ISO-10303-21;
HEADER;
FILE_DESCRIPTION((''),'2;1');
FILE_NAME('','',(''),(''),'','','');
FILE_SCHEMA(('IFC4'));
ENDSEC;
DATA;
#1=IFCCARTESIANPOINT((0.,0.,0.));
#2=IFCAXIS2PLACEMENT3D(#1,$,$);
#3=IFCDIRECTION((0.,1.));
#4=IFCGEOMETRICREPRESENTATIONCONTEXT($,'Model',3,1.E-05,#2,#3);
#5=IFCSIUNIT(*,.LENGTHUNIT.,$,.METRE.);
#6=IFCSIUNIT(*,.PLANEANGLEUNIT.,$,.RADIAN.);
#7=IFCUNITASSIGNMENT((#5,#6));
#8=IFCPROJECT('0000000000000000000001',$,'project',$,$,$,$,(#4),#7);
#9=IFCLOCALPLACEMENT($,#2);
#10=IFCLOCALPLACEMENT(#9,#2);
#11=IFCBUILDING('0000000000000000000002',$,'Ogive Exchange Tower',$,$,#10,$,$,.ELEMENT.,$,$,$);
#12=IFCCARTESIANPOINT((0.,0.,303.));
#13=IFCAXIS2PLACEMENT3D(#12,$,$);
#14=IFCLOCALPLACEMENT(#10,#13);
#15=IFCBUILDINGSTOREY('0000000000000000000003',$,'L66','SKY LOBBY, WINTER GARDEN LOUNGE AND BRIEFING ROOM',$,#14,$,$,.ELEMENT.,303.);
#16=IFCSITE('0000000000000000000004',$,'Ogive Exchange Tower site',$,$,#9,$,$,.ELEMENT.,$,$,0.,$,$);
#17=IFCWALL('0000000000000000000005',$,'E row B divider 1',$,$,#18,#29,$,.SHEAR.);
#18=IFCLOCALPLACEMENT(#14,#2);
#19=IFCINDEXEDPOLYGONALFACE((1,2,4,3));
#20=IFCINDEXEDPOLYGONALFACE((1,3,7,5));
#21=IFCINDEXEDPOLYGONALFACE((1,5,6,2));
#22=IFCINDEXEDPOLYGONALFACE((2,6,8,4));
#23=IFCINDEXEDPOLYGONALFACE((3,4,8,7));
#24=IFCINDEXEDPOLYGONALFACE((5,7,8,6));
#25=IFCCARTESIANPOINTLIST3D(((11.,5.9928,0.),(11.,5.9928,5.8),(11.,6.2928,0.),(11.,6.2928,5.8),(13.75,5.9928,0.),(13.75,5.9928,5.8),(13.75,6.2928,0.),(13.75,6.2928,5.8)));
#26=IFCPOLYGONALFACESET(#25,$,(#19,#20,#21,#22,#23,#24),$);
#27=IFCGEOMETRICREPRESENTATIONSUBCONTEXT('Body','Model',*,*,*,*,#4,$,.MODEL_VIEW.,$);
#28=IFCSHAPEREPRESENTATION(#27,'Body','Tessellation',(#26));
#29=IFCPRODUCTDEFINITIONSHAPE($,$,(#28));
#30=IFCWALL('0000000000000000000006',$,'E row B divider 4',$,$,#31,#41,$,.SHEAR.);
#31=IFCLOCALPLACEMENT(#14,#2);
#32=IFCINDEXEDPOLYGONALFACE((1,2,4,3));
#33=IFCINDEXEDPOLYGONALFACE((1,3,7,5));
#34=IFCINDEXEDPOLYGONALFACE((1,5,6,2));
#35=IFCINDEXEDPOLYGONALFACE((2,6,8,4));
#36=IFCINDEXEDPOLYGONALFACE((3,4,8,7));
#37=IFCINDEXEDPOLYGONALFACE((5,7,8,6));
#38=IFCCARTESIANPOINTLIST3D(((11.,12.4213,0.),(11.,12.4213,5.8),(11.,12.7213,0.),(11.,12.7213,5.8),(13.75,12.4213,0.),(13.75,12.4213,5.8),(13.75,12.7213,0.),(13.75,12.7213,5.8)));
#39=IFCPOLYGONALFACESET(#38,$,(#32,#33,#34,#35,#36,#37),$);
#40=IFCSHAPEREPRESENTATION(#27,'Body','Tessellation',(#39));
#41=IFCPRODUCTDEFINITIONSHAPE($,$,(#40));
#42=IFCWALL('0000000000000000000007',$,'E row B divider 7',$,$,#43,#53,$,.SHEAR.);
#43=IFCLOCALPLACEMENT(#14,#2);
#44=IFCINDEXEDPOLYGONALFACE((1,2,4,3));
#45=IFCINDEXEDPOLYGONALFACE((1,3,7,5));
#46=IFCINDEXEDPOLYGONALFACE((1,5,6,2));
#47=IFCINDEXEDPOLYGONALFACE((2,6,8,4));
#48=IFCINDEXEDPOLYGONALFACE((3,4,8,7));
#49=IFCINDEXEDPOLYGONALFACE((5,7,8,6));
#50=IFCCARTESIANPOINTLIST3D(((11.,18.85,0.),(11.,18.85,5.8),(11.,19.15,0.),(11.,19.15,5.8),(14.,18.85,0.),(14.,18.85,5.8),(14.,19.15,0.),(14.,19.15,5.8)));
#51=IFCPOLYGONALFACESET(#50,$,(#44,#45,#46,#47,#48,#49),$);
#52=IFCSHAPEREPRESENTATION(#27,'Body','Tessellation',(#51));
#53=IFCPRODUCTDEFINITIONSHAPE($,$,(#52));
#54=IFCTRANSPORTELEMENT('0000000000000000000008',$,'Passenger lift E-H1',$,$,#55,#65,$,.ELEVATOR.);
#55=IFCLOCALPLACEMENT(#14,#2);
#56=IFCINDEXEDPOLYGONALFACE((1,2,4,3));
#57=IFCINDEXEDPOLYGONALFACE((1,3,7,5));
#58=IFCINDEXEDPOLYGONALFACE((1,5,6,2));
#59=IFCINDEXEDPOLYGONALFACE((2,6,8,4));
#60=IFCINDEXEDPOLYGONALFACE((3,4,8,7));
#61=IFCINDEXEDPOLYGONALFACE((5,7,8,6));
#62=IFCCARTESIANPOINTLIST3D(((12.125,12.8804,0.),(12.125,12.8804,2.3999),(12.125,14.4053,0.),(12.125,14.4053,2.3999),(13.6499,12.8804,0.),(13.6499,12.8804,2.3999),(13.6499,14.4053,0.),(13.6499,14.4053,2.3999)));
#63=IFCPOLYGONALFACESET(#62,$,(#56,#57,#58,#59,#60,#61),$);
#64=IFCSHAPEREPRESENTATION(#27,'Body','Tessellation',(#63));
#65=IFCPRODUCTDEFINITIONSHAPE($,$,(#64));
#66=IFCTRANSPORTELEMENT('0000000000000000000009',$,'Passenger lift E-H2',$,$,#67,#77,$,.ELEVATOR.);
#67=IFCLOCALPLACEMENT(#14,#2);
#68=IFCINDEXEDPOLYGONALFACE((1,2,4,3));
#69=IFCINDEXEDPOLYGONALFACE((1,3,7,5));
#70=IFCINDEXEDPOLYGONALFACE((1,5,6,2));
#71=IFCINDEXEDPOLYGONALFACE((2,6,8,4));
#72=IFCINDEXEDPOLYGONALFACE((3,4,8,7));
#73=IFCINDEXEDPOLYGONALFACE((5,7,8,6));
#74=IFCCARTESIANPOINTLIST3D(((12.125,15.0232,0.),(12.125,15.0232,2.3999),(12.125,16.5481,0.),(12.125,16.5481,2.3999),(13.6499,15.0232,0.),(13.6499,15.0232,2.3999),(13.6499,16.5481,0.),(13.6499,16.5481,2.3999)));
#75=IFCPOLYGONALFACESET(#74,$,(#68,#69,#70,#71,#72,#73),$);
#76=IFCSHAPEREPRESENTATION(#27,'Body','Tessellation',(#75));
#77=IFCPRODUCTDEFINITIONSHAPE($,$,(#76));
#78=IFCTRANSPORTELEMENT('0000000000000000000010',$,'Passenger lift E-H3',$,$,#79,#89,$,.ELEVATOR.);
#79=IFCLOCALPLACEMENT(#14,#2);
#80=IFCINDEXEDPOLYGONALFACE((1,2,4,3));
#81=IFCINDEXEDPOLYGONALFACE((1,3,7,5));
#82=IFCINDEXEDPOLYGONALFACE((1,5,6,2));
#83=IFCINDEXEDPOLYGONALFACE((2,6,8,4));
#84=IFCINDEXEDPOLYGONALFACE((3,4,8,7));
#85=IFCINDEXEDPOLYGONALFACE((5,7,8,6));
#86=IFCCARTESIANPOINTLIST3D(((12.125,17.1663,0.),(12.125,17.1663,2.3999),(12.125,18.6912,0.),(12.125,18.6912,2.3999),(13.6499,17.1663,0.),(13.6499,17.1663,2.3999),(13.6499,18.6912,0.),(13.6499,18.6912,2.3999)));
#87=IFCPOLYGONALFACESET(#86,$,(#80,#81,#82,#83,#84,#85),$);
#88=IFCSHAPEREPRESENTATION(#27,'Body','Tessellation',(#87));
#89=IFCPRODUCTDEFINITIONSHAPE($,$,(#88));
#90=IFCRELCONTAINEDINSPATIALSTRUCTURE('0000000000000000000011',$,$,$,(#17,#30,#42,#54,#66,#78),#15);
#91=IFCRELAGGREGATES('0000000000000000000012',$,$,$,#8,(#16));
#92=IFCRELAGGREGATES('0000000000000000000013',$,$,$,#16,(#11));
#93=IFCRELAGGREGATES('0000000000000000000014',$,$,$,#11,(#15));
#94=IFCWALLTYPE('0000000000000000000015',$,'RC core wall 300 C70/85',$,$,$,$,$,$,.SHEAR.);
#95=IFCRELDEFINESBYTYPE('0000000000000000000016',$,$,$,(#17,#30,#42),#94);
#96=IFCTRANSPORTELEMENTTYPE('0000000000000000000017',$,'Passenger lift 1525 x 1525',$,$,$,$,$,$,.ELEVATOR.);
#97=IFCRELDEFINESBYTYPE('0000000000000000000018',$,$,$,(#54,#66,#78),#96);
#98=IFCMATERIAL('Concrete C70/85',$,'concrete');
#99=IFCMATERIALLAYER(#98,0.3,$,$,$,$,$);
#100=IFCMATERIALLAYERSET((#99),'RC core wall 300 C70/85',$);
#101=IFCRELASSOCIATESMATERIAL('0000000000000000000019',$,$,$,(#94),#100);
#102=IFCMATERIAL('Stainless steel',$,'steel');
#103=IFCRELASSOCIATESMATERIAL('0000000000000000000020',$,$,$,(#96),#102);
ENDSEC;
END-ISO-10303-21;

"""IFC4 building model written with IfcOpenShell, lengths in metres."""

from ifc_helpers import new_model, si_unit, direction, frame, frame_2d, origin, origin_2d, place, context, subcontext, project, spatial, rectangle, extrude, material, layer, layer_set, type_object, element, save


model = new_model("IFC4")

# Units and contexts
model_context = context("Model", 3, precision=1e-05, world=origin(), true_north=direction((0.0, 1.0)))
body_context = subcontext(model_context, "Body", "Model", "MODEL_VIEW")
ifc_project = project(units=[si_unit("LENGTHUNIT", "METRE"), si_unit("PLANEANGLEUNIT", "RADIAN")], contexts=[model_context])

# Site, building, storey
site_placement = place(None, origin())
site = spatial("IfcSite", under=ifc_project, at=site_placement, Name="Ogive Exchange Tower site", CompositionType="ELEMENT", RefElevation=0.0)
building_placement = place(site_placement, origin())
building = spatial("IfcBuilding", under=site, at=building_placement, Name="Ogive Exchange Tower", CompositionType="ELEMENT")
storey_placement = place(building_placement, frame((0.0, 0.0, 303.0)))
storey = spatial("IfcBuildingStorey", under=building, at=storey_placement, Name="L66", Description="SKY LOBBY, WINTER GARDEN LOUNGE AND BRIEFING ROOM", CompositionType="ELEMENT", Elevation=303.0)

# Shared definitions
ifc_material_1 = material(Name="Concrete C70/85", Category="concrete")

# Shared definitions
ifc_material_2 = material(Name="Stainless steel", Category="steel")

# Walls
ifc_layer_1 = layer(ifc_material_1, 0.3)
ifc_layer_set_1 = layer_set([ifc_layer_1], Name="RC core wall 300 C70/85")
wall_type_1 = type_object("IfcWallType", Name="RC core wall 300 C70/85", PredefinedType="SHEAR", material=ifc_layer_set_1)
for number, where, z_axis, x_axis, name in (
    (1, (11.0, 6.1428, 0.0), (0.0, 0.0, 1.0), (1.0, 0.0, 0.0), "E row B divider 1"),
    (2, (11.0, 12.5713, 0.0), (0.0, 0.0, 1.0), (1.0, 0.0, 0.0), "E row B divider 4"),
):
    element("IfcWall", number, at=place(storey_placement, frame(where, z_axis=z_axis, x_axis=x_axis)), inside=storey, type_object=wall_type_1, Name=name, PredefinedType="SHEAR", context=body_context, shape_type="SweptSolid", body=[
        extrude(rectangle(XDim=2.75, YDim=0.3, at=frame_2d((1.375, 0.0))), origin(), (0.0, 0.0, 1.0), 5.8),
    ])
wall_1_placement = place(storey_placement, frame((11.0, 19.0, 0.0), z_axis=(0.0, 0.0, 1.0), x_axis=(1.0, 0.0, 0.0)))
element("IfcWall", 3, at=wall_1_placement, inside=storey, type_object=wall_type_1, Name="E row B divider 7", PredefinedType="SHEAR", context=body_context, shape_type="SweptSolid", body=[
    extrude(rectangle(XDim=3.0, YDim=0.3, at=frame_2d((1.5, 0.0))), origin(), (0.0, 0.0, 1.0), 5.8),
])

# Transport elements
transport_element_type = type_object("IfcTransportElementType", Name="Passenger lift 1525 x 1525", PredefinedType="ELEVATOR", material=ifc_material_2)
for number, where, z_axis, x_axis, name in (
    (4, (12.8875, 13.6428, 0.0), (0.0, 0.0, 1.0), (1.0, 0.0, 0.0), "Passenger lift E-H1"),
    (5, (12.8875, 15.7856, 0.0), (0.0, 0.0, 1.0), (1.0, 0.0, 0.0), "Passenger lift E-H2"),
    (6, (12.8875, 17.9287, 0.0), (0.0, 0.0, 1.0), (1.0, 0.0, 0.0), "Passenger lift E-H3"),
):
    element("IfcTransportElement", number, at=place(storey_placement, frame(where, z_axis=z_axis, x_axis=x_axis)), inside=storey, type_object=transport_element_type, Name=name, PredefinedType="ELEVATOR", context=body_context, shape_type="SweptSolid", body=[
        extrude(rectangle(XDim=1.5249, YDim=1.5249, at=origin_2d()), origin(), (0.0, 0.0, 1.0), 2.3999),
    ])

save(model, "model.ifc")
